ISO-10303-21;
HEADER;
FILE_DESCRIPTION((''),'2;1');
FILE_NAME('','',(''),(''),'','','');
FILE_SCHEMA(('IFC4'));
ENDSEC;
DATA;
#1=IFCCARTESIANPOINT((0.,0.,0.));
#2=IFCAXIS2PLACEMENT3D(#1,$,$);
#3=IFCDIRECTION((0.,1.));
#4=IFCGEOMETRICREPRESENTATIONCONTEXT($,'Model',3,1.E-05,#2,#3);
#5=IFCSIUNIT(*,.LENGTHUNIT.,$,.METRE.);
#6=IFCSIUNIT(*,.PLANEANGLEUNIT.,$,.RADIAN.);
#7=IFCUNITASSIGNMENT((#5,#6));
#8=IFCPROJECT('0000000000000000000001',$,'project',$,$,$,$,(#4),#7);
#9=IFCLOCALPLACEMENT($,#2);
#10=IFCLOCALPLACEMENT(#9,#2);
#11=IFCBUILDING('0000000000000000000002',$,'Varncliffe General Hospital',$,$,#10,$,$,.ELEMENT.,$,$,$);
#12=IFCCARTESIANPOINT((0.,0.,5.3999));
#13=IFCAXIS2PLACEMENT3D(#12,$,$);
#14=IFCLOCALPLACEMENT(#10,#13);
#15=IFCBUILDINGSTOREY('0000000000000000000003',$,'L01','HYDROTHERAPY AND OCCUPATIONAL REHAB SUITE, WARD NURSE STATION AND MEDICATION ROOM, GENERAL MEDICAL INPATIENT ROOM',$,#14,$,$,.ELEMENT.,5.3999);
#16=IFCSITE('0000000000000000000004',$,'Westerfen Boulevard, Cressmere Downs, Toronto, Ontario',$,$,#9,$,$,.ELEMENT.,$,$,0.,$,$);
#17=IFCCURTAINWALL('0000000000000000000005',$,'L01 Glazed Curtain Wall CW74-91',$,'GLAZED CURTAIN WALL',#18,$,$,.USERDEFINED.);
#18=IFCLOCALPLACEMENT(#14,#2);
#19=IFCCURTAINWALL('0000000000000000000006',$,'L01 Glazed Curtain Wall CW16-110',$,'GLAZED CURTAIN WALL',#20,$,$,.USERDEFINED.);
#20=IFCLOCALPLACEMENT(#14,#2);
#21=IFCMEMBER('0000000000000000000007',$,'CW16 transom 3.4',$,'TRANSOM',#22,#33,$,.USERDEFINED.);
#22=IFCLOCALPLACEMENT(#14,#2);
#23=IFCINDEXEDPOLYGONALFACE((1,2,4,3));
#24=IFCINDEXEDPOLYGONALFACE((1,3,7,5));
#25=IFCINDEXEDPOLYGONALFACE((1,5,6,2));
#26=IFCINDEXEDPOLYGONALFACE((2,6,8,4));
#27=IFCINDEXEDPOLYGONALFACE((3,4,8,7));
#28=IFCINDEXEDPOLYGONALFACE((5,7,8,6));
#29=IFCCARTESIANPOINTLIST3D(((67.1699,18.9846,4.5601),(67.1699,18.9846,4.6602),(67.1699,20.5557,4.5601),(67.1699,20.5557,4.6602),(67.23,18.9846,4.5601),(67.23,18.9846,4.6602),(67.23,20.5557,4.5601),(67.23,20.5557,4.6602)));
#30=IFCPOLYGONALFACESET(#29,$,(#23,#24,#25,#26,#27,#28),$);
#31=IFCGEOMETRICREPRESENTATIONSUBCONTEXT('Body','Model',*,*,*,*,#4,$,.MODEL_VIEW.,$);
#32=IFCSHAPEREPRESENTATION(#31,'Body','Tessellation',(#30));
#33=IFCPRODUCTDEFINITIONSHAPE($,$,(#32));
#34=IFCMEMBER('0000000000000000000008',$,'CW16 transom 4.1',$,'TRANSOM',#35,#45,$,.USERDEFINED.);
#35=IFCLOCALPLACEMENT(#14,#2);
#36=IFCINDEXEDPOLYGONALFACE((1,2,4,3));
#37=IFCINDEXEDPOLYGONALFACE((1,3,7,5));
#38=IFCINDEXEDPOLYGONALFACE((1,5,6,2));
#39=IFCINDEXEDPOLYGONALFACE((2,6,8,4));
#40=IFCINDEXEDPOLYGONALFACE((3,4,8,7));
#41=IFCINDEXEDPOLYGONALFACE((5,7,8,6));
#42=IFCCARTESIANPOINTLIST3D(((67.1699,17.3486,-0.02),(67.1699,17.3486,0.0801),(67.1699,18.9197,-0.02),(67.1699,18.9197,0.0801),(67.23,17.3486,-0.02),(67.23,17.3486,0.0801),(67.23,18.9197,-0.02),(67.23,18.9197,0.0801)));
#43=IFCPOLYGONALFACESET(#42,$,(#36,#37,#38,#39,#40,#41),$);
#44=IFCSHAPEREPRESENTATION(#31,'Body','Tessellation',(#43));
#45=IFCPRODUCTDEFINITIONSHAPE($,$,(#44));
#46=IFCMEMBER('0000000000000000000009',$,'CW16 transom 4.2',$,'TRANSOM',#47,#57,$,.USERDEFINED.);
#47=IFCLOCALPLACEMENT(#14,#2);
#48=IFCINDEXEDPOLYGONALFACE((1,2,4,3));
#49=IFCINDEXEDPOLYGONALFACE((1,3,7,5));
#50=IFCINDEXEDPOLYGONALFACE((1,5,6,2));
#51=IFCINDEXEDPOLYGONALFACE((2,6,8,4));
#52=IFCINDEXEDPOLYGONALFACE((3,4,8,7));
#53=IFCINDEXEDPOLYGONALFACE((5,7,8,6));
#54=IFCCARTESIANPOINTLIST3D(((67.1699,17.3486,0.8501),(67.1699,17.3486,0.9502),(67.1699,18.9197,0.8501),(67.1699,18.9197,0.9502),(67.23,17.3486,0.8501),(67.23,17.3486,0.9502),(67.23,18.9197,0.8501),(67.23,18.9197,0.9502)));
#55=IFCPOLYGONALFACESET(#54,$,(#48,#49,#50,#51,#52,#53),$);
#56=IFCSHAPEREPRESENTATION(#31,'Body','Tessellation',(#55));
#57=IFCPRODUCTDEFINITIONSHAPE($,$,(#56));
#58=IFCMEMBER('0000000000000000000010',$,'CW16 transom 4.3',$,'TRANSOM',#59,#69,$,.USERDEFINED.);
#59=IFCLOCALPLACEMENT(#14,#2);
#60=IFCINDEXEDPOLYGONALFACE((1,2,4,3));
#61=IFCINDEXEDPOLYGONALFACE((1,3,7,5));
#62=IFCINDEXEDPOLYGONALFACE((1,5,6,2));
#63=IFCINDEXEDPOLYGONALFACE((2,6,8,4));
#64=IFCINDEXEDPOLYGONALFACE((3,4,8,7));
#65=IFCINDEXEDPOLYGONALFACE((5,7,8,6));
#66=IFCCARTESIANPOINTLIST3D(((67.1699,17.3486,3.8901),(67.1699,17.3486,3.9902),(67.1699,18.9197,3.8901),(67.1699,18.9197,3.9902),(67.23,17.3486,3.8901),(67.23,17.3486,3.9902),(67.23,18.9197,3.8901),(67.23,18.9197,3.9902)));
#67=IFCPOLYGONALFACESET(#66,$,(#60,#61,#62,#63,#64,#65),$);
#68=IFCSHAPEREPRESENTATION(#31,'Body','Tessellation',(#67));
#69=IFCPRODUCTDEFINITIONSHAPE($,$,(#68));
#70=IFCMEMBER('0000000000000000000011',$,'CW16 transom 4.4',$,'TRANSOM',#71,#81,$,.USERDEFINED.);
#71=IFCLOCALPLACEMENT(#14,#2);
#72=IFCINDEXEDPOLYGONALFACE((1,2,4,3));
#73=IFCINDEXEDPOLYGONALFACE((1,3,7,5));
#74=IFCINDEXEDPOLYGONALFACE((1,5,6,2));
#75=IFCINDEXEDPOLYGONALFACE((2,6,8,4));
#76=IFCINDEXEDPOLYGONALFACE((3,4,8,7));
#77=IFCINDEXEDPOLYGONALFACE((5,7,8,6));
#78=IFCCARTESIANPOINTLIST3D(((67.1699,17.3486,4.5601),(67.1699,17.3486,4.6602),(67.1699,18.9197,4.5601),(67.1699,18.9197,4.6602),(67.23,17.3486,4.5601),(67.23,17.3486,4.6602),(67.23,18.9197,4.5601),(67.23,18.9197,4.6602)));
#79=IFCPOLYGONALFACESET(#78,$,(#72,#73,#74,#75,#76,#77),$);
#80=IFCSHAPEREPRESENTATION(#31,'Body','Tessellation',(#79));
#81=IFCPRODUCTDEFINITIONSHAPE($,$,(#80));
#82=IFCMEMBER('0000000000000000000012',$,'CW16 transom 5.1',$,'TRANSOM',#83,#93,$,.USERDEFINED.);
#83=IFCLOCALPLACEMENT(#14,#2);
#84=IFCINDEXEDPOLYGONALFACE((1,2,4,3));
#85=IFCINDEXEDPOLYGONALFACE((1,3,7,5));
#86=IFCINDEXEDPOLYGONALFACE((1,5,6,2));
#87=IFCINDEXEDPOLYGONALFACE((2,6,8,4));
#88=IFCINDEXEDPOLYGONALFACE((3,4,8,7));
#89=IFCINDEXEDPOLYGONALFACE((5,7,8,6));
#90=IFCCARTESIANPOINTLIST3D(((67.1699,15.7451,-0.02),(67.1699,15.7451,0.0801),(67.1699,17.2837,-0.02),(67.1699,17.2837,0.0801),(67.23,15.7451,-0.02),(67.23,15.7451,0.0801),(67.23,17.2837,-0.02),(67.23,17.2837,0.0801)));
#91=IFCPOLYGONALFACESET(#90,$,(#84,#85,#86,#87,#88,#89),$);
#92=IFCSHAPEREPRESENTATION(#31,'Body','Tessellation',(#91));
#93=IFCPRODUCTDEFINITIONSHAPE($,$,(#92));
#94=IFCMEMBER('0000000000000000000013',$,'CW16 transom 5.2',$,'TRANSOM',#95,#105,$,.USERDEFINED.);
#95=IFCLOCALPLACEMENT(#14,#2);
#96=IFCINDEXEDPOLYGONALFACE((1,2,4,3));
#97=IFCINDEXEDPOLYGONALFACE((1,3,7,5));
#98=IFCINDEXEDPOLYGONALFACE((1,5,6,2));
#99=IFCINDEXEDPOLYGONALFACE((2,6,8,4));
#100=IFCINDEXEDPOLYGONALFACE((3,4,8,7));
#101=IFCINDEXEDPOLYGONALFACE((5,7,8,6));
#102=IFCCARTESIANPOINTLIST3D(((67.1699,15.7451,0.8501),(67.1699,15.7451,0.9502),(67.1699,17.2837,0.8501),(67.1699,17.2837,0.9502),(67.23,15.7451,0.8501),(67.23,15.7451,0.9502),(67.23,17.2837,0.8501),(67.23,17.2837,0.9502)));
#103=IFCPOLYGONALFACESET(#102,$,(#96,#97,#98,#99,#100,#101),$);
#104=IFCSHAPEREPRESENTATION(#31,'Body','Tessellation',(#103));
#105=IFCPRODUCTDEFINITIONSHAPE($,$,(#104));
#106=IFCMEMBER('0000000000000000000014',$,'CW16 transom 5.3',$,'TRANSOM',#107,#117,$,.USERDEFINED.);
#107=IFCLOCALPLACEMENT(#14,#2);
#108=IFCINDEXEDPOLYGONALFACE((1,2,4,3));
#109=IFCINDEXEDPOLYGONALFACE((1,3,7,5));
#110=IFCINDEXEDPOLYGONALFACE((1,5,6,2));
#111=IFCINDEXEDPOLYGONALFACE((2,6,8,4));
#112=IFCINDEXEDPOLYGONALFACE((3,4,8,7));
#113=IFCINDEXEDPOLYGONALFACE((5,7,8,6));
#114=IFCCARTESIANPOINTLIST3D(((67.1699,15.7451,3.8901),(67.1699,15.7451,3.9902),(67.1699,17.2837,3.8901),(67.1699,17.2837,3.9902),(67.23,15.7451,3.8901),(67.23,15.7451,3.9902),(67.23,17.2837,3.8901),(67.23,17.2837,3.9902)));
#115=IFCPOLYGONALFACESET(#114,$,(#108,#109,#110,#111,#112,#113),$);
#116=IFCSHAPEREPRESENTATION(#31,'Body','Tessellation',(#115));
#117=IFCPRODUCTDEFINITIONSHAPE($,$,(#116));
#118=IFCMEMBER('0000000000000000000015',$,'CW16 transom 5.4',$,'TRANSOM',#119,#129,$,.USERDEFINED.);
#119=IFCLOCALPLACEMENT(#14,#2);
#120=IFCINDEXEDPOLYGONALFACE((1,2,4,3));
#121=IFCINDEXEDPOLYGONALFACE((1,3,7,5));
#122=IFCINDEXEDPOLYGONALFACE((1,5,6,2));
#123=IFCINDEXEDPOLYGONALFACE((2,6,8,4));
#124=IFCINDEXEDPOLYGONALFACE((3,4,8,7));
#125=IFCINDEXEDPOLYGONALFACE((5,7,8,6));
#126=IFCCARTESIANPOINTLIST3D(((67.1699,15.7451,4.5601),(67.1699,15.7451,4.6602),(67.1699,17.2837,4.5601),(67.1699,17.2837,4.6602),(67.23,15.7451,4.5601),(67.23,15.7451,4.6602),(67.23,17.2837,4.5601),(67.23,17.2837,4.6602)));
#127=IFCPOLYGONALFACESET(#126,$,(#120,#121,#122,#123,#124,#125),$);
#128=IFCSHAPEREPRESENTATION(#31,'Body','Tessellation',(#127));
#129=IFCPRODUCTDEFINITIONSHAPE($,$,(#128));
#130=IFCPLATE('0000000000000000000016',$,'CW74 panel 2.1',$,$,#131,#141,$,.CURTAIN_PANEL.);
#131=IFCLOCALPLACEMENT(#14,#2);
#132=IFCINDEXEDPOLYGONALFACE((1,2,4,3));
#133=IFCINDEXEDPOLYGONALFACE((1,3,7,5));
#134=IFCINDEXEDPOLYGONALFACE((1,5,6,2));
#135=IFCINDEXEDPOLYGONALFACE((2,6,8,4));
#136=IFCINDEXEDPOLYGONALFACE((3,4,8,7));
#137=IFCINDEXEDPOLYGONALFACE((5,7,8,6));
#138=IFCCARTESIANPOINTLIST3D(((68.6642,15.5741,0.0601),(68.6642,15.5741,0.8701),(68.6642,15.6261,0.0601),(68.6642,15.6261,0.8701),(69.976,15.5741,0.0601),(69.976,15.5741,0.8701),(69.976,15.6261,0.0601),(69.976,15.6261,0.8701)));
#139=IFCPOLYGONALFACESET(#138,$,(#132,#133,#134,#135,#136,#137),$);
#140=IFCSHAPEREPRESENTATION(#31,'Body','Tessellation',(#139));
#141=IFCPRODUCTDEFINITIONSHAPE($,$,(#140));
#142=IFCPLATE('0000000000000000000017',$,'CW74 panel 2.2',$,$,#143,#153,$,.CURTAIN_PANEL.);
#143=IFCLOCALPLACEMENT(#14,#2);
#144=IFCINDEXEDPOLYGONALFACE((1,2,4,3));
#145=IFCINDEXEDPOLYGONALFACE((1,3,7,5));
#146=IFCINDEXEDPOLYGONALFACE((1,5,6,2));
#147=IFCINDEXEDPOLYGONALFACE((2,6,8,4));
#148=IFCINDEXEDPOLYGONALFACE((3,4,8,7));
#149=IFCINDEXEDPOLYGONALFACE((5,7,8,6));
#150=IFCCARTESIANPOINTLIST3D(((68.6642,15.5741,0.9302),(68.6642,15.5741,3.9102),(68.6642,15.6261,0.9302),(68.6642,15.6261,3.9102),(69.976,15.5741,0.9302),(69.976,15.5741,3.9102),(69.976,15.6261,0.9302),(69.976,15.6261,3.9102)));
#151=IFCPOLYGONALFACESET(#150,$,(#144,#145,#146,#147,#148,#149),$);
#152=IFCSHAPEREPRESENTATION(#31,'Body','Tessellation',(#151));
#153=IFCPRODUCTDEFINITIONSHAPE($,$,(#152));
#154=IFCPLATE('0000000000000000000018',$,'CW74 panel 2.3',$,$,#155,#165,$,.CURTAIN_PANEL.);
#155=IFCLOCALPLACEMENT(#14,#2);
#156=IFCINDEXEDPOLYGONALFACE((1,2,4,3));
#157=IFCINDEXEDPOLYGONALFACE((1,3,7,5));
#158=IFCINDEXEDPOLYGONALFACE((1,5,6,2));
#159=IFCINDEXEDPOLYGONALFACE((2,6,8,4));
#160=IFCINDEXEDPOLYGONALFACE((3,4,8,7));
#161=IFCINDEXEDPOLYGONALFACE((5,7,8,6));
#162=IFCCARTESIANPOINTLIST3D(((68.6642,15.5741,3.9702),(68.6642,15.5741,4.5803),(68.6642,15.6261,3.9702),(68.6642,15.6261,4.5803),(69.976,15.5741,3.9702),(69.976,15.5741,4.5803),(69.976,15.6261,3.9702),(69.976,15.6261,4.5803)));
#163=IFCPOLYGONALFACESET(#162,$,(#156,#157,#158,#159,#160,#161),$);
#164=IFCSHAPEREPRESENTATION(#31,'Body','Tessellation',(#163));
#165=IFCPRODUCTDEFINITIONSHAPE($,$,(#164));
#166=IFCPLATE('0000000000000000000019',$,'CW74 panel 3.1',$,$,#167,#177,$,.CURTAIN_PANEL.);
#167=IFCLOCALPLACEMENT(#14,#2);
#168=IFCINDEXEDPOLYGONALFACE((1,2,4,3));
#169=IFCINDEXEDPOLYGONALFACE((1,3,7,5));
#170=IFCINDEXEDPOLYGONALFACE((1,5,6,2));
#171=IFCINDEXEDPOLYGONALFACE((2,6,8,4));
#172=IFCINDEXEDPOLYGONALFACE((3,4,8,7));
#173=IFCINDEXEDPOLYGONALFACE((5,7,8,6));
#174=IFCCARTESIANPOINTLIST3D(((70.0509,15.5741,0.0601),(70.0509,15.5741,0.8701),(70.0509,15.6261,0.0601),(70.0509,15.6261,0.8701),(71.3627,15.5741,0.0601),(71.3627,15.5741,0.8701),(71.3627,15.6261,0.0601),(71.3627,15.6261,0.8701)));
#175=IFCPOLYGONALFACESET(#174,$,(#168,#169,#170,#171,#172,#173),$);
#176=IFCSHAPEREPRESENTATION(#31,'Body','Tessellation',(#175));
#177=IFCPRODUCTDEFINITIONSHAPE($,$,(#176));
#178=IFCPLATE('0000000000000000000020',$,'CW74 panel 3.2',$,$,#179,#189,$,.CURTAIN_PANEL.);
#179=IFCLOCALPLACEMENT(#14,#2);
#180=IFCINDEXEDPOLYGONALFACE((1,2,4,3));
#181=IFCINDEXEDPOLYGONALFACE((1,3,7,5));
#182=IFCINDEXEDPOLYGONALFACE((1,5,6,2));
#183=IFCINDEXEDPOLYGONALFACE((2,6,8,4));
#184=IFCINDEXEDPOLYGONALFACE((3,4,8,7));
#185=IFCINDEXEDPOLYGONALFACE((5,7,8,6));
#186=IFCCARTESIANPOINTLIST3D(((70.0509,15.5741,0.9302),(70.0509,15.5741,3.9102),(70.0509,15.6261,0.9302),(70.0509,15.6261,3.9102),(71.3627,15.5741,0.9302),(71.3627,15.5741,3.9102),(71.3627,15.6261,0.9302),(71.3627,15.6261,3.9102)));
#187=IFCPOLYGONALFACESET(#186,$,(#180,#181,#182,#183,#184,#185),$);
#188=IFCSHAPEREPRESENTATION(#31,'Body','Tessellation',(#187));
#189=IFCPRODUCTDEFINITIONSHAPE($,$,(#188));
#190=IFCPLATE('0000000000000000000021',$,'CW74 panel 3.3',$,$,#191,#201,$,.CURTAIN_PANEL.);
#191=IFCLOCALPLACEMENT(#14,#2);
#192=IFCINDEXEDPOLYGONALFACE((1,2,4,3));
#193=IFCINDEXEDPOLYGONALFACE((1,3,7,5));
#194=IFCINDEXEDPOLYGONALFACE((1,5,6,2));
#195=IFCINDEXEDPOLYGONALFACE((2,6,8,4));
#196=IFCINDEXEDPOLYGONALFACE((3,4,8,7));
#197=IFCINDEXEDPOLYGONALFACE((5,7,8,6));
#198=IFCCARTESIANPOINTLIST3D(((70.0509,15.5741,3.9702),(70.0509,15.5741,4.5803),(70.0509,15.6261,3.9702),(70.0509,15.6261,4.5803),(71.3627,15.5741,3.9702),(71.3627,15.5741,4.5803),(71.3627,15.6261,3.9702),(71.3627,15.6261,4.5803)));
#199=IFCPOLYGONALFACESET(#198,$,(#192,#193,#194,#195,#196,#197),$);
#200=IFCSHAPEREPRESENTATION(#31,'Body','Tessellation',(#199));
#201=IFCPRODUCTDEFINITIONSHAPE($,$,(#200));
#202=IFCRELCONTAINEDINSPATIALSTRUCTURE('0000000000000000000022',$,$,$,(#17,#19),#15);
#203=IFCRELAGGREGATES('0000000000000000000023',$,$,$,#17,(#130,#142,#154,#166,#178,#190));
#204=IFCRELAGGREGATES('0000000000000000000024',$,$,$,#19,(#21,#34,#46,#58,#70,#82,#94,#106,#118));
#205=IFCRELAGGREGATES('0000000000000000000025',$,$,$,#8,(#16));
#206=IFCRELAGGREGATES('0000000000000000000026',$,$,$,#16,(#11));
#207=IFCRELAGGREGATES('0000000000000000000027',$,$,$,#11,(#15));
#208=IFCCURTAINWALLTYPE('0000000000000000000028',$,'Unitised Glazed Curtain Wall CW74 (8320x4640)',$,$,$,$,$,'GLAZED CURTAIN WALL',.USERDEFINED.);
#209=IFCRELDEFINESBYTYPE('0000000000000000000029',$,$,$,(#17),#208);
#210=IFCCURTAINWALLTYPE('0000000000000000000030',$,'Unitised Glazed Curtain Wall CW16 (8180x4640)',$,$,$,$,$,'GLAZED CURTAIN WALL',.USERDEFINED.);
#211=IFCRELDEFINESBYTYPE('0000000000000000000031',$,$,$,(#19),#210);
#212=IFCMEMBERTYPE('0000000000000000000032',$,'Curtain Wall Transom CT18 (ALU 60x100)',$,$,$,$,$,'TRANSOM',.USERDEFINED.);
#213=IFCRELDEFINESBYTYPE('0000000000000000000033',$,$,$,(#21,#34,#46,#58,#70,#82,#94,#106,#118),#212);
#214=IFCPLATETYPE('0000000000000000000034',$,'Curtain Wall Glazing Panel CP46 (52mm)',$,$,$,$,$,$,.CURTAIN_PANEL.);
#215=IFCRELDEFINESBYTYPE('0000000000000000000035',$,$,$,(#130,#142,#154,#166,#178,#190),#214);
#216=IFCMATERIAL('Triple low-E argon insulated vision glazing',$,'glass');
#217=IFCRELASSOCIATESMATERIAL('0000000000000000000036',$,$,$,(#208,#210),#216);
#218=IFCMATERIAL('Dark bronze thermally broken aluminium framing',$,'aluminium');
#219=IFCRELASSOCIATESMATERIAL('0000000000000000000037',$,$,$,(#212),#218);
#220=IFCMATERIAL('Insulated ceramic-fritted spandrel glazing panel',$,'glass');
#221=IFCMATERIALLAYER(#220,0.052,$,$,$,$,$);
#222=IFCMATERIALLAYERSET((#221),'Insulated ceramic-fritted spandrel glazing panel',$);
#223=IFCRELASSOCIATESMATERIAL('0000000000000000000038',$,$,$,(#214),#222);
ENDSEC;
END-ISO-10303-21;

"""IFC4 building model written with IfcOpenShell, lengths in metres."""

from ifc_helpers import new_model, si_unit, direction, frame, origin, origin_2d, place, context, subcontext, project, spatial, rectangle, extrude, material, layer, layer_set, material_profile, profile_set, type_object, element, aggregate, save


model = new_model("IFC4")

# Units and contexts
model_context = context("Model", 3, precision=1e-05, world=origin(), true_north=direction((0.0, 1.0)))
body_context = subcontext(model_context, "Body", "Model", "MODEL_VIEW")
ifc_project = project(units=[si_unit("LENGTHUNIT", "METRE"), si_unit("PLANEANGLEUNIT", "RADIAN")], contexts=[model_context])

# Site, building, storey
site_placement = place(None, origin())
site = spatial("IfcSite", under=ifc_project, at=site_placement, Name="Westerfen Boulevard, Cressmere Downs, Toronto, Ontario", CompositionType="ELEMENT", RefElevation=0.0)
building_placement = place(site_placement, origin())
building = spatial("IfcBuilding", under=site, at=building_placement, Name="Varncliffe General Hospital", CompositionType="ELEMENT")
storey_placement = place(building_placement, frame((0.0, 0.0, 5.3999)))
storey = spatial("IfcBuildingStorey", under=building, at=storey_placement, Name="L01", Description="HYDROTHERAPY AND OCCUPATIONAL REHAB SUITE, WARD NURSE STATION AND MEDICATION ROOM, GENERAL MEDICAL INPATIENT ROOM", CompositionType="ELEMENT", Elevation=5.3999)

# Curtain wall
ifc_material_1 = material(Name="Triple low-E argon insulated vision glazing", Category="glass")
curtain_wall_type_1 = type_object("IfcCurtainWallType", Name="Unitised Glazed Curtain Wall CW74 (8320x4640)", ElementType="GLAZED CURTAIN WALL", PredefinedType="USERDEFINED", material=ifc_material_1)
curtain_wall_1_placement = place(storey_placement, origin())
curtain_wall_1 = element("IfcCurtainWall", 1, at=curtain_wall_1_placement, inside=storey, type_object=curtain_wall_type_1, Name="L01 Glazed Curtain Wall CW74-91", ObjectType="GLAZED CURTAIN WALL", PredefinedType="USERDEFINED")
ifc_material_2 = material(Name="Dark bronze thermally broken aluminium framing", Category="aluminium")

# Curtain wall
curtain_wall_type_2 = type_object("IfcCurtainWallType", Name="Unitised Glazed Curtain Wall CW16 (8180x4640)", ElementType="GLAZED CURTAIN WALL", PredefinedType="USERDEFINED", material=ifc_material_1)
curtain_wall_2_placement = place(storey_placement, origin())
curtain_wall_2 = element("IfcCurtainWall", 2, at=curtain_wall_2_placement, inside=storey, type_object=curtain_wall_type_2, Name="L01 Glazed Curtain Wall CW16-110", ObjectType="GLAZED CURTAIN WALL", PredefinedType="USERDEFINED")

# Members
ifc_material_profile_1 = material_profile(ifc_material_2, rectangle(XDim=0.0601, YDim=0.1001, at=origin_2d()), Name="ALU 60x100")
ifc_profile_set_1 = profile_set([ifc_material_profile_1], Name="Dark bronze thermally broken aluminium framing")
member_type_1 = type_object("IfcMemberType", Name="Curtain Wall Transom CT18 (ALU 60x100)", ElementType="TRANSOM", PredefinedType="USERDEFINED", material=ifc_profile_set_1)
member_1_placement = place(storey_placement, frame((67.2, 20.5557, 4.6101), z_axis=(0.0, -1.0, 0.0), x_axis=(1.0, 0.0, 0.0)))
member_1 = element("IfcMember", 3, at=member_1_placement, type_object=member_type_1, Name="CW16 transom 3.4", ObjectType="TRANSOM", PredefinedType="USERDEFINED", context=body_context, shape_type="SweptSolid", body=[
    extrude(rectangle(XDim=0.0601, YDim=0.1001, at=origin_2d()), origin(), (0.0, 0.0, 1.0), 1.571),
])
member_2_placement = place(storey_placement, frame((67.2, 18.9197, 0.03), z_axis=(0.0, -1.0, 0.0), x_axis=(1.0, 0.0, 0.0)))
member_2 = element("IfcMember", 4, at=member_2_placement, type_object=member_type_1, Name="CW16 transom 4.1", ObjectType="TRANSOM", PredefinedType="USERDEFINED", context=body_context, shape_type="SweptSolid", body=[
    extrude(rectangle(XDim=0.0601, YDim=0.1001, at=origin_2d()), origin(), (0.0, 0.0, 1.0), 1.571),
])
member_3_placement = place(storey_placement, frame((67.2, 18.9197, 0.9001), z_axis=(0.0, -1.0, 0.0), x_axis=(1.0, 0.0, 0.0)))
member_3 = element("IfcMember", 5, at=member_3_placement, type_object=member_type_1, Name="CW16 transom 4.2", ObjectType="TRANSOM", PredefinedType="USERDEFINED", context=body_context, shape_type="SweptSolid", body=[
    extrude(rectangle(XDim=0.0601, YDim=0.1001, at=origin_2d()), origin(), (0.0, 0.0, 1.0), 1.571),
])
member_4_placement = place(storey_placement, frame((67.2, 18.9197, 3.9402), z_axis=(0.0, -1.0, 0.0), x_axis=(1.0, 0.0, 0.0)))
member_4 = element("IfcMember", 6, at=member_4_placement, type_object=member_type_1, Name="CW16 transom 4.3", ObjectType="TRANSOM", PredefinedType="USERDEFINED", context=body_context, shape_type="SweptSolid", body=[
    extrude(rectangle(XDim=0.0601, YDim=0.1001, at=origin_2d()), origin(), (0.0, 0.0, 1.0), 1.571),
])
member_5_placement = place(storey_placement, frame((67.2, 18.9197, 4.6101), z_axis=(0.0, -1.0, 0.0), x_axis=(1.0, 0.0, 0.0)))
member_5 = element("IfcMember", 7, at=member_5_placement, type_object=member_type_1, Name="CW16 transom 4.4", ObjectType="TRANSOM", PredefinedType="USERDEFINED", context=body_context, shape_type="SweptSolid", body=[
    extrude(rectangle(XDim=0.0601, YDim=0.1001, at=origin_2d()), origin(), (0.0, 0.0, 1.0), 1.571),
])
member_6_placement = place(storey_placement, frame((67.2, 17.2837, 0.03), z_axis=(0.0, -1.0, 0.0), x_axis=(1.0, 0.0, 0.0)))
member_6 = element("IfcMember", 8, at=member_6_placement, type_object=member_type_1, Name="CW16 transom 5.1", ObjectType="TRANSOM", PredefinedType="USERDEFINED", context=body_context, shape_type="SweptSolid", body=[
    extrude(rectangle(XDim=0.0601, YDim=0.1001, at=origin_2d()), origin(), (0.0, 0.0, 1.0), 1.5386),
])
member_7_placement = place(storey_placement, frame((67.2, 17.2837, 0.9001), z_axis=(0.0, -1.0, 0.0), x_axis=(1.0, 0.0, 0.0)))
member_7 = element("IfcMember", 9, at=member_7_placement, type_object=member_type_1, Name="CW16 transom 5.2", ObjectType="TRANSOM", PredefinedType="USERDEFINED", context=body_context, shape_type="SweptSolid", body=[
    extrude(rectangle(XDim=0.0601, YDim=0.1001, at=origin_2d()), origin(), (0.0, 0.0, 1.0), 1.5386),
])
member_8_placement = place(storey_placement, frame((67.2, 17.2837, 3.9402), z_axis=(0.0, -1.0, 0.0), x_axis=(1.0, 0.0, 0.0)))
member_8 = element("IfcMember", 10, at=member_8_placement, type_object=member_type_1, Name="CW16 transom 5.3", ObjectType="TRANSOM", PredefinedType="USERDEFINED", context=body_context, shape_type="SweptSolid", body=[
    extrude(rectangle(XDim=0.0601, YDim=0.1001, at=origin_2d()), origin(), (0.0, 0.0, 1.0), 1.5386),
])
member_9_placement = place(storey_placement, frame((67.2, 17.2837, 4.6101), z_axis=(0.0, -1.0, 0.0), x_axis=(1.0, 0.0, 0.0)))
member_9 = element("IfcMember", 11, at=member_9_placement, type_object=member_type_1, Name="CW16 transom 5.4", ObjectType="TRANSOM", PredefinedType="USERDEFINED", context=body_context, shape_type="SweptSolid", body=[
    extrude(rectangle(XDim=0.0601, YDim=0.1001, at=origin_2d()), origin(), (0.0, 0.0, 1.0), 1.5386),
])

# Plates
ifc_material_3 = material(Name="Insulated ceramic-fritted spandrel glazing panel", Category="glass")
ifc_layer = layer(ifc_material_3, 0.052)
ifc_layer_set = layer_set([ifc_layer], Name="Insulated ceramic-fritted spandrel glazing panel")
plate_type = type_object("IfcPlateType", Name="Curtain Wall Glazing Panel CP46 (52mm)", PredefinedType="CURTAIN_PANEL", material=ifc_layer_set)
plate_1_placement = place(storey_placement, frame((69.3201, 15.6001, 0.0601), z_axis=(0.0, 0.0, 1.0), x_axis=(1.0, 0.0, 0.0)))
plate_1 = element("IfcPlate", 12, at=plate_1_placement, type_object=plate_type, Name="CW74 panel 2.1", PredefinedType="CURTAIN_PANEL", context=body_context, shape_type="SweptSolid", body=[
    extrude(rectangle(XDim=1.3118, YDim=0.052, at=origin_2d()), origin(), (0.0, 0.0, 1.0), 0.8101),
])
plate_2_placement = place(storey_placement, frame((69.3201, 15.6001, 0.9302), z_axis=(0.0, 0.0, 1.0), x_axis=(1.0, 0.0, 0.0)))
plate_2 = element("IfcPlate", 13, at=plate_2_placement, type_object=plate_type, Name="CW74 panel 2.2", PredefinedType="CURTAIN_PANEL", context=body_context, shape_type="SweptSolid", body=[
    extrude(rectangle(XDim=1.3118, YDim=0.052, at=origin_2d()), origin(), (0.0, 0.0, 1.0), 2.98),
])
plate_3_placement = place(storey_placement, frame((69.3201, 15.6001, 3.9702), z_axis=(0.0, 0.0, 1.0), x_axis=(1.0, 0.0, 0.0)))
plate_3 = element("IfcPlate", 14, at=plate_3_placement, type_object=plate_type, Name="CW74 panel 2.3", PredefinedType="CURTAIN_PANEL", context=body_context, shape_type="SweptSolid", body=[
    extrude(rectangle(XDim=1.3118, YDim=0.052, at=origin_2d()), origin(), (0.0, 0.0, 1.0), 0.6101),
])
plate_4_placement = place(storey_placement, frame((70.7068, 15.6001, 0.0601), z_axis=(0.0, 0.0, 1.0), x_axis=(1.0, 0.0, 0.0)))
plate_4 = element("IfcPlate", 15, at=plate_4_placement, type_object=plate_type, Name="CW74 panel 3.1", PredefinedType="CURTAIN_PANEL", context=body_context, shape_type="SweptSolid", body=[
    extrude(rectangle(XDim=1.3118, YDim=0.052, at=origin_2d()), origin(), (0.0, 0.0, 1.0), 0.8101),
])
plate_5_placement = place(storey_placement, frame((70.7068, 15.6001, 0.9302), z_axis=(0.0, 0.0, 1.0), x_axis=(1.0, 0.0, 0.0)))
plate_5 = element("IfcPlate", 16, at=plate_5_placement, type_object=plate_type, Name="CW74 panel 3.2", PredefinedType="CURTAIN_PANEL", context=body_context, shape_type="SweptSolid", body=[
    extrude(rectangle(XDim=1.3118, YDim=0.052, at=origin_2d()), origin(), (0.0, 0.0, 1.0), 2.98),
])
plate_6_placement = place(storey_placement, frame((70.7068, 15.6001, 3.9702), z_axis=(0.0, 0.0, 1.0), x_axis=(1.0, 0.0, 0.0)))
plate_6 = element("IfcPlate", 17, at=plate_6_placement, type_object=plate_type, Name="CW74 panel 3.3", PredefinedType="CURTAIN_PANEL", context=body_context, shape_type="SweptSolid", body=[
    extrude(rectangle(XDim=1.3118, YDim=0.052, at=origin_2d()), origin(), (0.0, 0.0, 1.0), 0.6101),
])
aggregate(curtain_wall_1, [plate_1, plate_2, plate_3, plate_4, plate_5, plate_6])
aggregate(curtain_wall_2, [member_1, member_2, member_3, member_4, member_5, member_6, member_7, member_8, member_9])

save(model, "model.ifc")
